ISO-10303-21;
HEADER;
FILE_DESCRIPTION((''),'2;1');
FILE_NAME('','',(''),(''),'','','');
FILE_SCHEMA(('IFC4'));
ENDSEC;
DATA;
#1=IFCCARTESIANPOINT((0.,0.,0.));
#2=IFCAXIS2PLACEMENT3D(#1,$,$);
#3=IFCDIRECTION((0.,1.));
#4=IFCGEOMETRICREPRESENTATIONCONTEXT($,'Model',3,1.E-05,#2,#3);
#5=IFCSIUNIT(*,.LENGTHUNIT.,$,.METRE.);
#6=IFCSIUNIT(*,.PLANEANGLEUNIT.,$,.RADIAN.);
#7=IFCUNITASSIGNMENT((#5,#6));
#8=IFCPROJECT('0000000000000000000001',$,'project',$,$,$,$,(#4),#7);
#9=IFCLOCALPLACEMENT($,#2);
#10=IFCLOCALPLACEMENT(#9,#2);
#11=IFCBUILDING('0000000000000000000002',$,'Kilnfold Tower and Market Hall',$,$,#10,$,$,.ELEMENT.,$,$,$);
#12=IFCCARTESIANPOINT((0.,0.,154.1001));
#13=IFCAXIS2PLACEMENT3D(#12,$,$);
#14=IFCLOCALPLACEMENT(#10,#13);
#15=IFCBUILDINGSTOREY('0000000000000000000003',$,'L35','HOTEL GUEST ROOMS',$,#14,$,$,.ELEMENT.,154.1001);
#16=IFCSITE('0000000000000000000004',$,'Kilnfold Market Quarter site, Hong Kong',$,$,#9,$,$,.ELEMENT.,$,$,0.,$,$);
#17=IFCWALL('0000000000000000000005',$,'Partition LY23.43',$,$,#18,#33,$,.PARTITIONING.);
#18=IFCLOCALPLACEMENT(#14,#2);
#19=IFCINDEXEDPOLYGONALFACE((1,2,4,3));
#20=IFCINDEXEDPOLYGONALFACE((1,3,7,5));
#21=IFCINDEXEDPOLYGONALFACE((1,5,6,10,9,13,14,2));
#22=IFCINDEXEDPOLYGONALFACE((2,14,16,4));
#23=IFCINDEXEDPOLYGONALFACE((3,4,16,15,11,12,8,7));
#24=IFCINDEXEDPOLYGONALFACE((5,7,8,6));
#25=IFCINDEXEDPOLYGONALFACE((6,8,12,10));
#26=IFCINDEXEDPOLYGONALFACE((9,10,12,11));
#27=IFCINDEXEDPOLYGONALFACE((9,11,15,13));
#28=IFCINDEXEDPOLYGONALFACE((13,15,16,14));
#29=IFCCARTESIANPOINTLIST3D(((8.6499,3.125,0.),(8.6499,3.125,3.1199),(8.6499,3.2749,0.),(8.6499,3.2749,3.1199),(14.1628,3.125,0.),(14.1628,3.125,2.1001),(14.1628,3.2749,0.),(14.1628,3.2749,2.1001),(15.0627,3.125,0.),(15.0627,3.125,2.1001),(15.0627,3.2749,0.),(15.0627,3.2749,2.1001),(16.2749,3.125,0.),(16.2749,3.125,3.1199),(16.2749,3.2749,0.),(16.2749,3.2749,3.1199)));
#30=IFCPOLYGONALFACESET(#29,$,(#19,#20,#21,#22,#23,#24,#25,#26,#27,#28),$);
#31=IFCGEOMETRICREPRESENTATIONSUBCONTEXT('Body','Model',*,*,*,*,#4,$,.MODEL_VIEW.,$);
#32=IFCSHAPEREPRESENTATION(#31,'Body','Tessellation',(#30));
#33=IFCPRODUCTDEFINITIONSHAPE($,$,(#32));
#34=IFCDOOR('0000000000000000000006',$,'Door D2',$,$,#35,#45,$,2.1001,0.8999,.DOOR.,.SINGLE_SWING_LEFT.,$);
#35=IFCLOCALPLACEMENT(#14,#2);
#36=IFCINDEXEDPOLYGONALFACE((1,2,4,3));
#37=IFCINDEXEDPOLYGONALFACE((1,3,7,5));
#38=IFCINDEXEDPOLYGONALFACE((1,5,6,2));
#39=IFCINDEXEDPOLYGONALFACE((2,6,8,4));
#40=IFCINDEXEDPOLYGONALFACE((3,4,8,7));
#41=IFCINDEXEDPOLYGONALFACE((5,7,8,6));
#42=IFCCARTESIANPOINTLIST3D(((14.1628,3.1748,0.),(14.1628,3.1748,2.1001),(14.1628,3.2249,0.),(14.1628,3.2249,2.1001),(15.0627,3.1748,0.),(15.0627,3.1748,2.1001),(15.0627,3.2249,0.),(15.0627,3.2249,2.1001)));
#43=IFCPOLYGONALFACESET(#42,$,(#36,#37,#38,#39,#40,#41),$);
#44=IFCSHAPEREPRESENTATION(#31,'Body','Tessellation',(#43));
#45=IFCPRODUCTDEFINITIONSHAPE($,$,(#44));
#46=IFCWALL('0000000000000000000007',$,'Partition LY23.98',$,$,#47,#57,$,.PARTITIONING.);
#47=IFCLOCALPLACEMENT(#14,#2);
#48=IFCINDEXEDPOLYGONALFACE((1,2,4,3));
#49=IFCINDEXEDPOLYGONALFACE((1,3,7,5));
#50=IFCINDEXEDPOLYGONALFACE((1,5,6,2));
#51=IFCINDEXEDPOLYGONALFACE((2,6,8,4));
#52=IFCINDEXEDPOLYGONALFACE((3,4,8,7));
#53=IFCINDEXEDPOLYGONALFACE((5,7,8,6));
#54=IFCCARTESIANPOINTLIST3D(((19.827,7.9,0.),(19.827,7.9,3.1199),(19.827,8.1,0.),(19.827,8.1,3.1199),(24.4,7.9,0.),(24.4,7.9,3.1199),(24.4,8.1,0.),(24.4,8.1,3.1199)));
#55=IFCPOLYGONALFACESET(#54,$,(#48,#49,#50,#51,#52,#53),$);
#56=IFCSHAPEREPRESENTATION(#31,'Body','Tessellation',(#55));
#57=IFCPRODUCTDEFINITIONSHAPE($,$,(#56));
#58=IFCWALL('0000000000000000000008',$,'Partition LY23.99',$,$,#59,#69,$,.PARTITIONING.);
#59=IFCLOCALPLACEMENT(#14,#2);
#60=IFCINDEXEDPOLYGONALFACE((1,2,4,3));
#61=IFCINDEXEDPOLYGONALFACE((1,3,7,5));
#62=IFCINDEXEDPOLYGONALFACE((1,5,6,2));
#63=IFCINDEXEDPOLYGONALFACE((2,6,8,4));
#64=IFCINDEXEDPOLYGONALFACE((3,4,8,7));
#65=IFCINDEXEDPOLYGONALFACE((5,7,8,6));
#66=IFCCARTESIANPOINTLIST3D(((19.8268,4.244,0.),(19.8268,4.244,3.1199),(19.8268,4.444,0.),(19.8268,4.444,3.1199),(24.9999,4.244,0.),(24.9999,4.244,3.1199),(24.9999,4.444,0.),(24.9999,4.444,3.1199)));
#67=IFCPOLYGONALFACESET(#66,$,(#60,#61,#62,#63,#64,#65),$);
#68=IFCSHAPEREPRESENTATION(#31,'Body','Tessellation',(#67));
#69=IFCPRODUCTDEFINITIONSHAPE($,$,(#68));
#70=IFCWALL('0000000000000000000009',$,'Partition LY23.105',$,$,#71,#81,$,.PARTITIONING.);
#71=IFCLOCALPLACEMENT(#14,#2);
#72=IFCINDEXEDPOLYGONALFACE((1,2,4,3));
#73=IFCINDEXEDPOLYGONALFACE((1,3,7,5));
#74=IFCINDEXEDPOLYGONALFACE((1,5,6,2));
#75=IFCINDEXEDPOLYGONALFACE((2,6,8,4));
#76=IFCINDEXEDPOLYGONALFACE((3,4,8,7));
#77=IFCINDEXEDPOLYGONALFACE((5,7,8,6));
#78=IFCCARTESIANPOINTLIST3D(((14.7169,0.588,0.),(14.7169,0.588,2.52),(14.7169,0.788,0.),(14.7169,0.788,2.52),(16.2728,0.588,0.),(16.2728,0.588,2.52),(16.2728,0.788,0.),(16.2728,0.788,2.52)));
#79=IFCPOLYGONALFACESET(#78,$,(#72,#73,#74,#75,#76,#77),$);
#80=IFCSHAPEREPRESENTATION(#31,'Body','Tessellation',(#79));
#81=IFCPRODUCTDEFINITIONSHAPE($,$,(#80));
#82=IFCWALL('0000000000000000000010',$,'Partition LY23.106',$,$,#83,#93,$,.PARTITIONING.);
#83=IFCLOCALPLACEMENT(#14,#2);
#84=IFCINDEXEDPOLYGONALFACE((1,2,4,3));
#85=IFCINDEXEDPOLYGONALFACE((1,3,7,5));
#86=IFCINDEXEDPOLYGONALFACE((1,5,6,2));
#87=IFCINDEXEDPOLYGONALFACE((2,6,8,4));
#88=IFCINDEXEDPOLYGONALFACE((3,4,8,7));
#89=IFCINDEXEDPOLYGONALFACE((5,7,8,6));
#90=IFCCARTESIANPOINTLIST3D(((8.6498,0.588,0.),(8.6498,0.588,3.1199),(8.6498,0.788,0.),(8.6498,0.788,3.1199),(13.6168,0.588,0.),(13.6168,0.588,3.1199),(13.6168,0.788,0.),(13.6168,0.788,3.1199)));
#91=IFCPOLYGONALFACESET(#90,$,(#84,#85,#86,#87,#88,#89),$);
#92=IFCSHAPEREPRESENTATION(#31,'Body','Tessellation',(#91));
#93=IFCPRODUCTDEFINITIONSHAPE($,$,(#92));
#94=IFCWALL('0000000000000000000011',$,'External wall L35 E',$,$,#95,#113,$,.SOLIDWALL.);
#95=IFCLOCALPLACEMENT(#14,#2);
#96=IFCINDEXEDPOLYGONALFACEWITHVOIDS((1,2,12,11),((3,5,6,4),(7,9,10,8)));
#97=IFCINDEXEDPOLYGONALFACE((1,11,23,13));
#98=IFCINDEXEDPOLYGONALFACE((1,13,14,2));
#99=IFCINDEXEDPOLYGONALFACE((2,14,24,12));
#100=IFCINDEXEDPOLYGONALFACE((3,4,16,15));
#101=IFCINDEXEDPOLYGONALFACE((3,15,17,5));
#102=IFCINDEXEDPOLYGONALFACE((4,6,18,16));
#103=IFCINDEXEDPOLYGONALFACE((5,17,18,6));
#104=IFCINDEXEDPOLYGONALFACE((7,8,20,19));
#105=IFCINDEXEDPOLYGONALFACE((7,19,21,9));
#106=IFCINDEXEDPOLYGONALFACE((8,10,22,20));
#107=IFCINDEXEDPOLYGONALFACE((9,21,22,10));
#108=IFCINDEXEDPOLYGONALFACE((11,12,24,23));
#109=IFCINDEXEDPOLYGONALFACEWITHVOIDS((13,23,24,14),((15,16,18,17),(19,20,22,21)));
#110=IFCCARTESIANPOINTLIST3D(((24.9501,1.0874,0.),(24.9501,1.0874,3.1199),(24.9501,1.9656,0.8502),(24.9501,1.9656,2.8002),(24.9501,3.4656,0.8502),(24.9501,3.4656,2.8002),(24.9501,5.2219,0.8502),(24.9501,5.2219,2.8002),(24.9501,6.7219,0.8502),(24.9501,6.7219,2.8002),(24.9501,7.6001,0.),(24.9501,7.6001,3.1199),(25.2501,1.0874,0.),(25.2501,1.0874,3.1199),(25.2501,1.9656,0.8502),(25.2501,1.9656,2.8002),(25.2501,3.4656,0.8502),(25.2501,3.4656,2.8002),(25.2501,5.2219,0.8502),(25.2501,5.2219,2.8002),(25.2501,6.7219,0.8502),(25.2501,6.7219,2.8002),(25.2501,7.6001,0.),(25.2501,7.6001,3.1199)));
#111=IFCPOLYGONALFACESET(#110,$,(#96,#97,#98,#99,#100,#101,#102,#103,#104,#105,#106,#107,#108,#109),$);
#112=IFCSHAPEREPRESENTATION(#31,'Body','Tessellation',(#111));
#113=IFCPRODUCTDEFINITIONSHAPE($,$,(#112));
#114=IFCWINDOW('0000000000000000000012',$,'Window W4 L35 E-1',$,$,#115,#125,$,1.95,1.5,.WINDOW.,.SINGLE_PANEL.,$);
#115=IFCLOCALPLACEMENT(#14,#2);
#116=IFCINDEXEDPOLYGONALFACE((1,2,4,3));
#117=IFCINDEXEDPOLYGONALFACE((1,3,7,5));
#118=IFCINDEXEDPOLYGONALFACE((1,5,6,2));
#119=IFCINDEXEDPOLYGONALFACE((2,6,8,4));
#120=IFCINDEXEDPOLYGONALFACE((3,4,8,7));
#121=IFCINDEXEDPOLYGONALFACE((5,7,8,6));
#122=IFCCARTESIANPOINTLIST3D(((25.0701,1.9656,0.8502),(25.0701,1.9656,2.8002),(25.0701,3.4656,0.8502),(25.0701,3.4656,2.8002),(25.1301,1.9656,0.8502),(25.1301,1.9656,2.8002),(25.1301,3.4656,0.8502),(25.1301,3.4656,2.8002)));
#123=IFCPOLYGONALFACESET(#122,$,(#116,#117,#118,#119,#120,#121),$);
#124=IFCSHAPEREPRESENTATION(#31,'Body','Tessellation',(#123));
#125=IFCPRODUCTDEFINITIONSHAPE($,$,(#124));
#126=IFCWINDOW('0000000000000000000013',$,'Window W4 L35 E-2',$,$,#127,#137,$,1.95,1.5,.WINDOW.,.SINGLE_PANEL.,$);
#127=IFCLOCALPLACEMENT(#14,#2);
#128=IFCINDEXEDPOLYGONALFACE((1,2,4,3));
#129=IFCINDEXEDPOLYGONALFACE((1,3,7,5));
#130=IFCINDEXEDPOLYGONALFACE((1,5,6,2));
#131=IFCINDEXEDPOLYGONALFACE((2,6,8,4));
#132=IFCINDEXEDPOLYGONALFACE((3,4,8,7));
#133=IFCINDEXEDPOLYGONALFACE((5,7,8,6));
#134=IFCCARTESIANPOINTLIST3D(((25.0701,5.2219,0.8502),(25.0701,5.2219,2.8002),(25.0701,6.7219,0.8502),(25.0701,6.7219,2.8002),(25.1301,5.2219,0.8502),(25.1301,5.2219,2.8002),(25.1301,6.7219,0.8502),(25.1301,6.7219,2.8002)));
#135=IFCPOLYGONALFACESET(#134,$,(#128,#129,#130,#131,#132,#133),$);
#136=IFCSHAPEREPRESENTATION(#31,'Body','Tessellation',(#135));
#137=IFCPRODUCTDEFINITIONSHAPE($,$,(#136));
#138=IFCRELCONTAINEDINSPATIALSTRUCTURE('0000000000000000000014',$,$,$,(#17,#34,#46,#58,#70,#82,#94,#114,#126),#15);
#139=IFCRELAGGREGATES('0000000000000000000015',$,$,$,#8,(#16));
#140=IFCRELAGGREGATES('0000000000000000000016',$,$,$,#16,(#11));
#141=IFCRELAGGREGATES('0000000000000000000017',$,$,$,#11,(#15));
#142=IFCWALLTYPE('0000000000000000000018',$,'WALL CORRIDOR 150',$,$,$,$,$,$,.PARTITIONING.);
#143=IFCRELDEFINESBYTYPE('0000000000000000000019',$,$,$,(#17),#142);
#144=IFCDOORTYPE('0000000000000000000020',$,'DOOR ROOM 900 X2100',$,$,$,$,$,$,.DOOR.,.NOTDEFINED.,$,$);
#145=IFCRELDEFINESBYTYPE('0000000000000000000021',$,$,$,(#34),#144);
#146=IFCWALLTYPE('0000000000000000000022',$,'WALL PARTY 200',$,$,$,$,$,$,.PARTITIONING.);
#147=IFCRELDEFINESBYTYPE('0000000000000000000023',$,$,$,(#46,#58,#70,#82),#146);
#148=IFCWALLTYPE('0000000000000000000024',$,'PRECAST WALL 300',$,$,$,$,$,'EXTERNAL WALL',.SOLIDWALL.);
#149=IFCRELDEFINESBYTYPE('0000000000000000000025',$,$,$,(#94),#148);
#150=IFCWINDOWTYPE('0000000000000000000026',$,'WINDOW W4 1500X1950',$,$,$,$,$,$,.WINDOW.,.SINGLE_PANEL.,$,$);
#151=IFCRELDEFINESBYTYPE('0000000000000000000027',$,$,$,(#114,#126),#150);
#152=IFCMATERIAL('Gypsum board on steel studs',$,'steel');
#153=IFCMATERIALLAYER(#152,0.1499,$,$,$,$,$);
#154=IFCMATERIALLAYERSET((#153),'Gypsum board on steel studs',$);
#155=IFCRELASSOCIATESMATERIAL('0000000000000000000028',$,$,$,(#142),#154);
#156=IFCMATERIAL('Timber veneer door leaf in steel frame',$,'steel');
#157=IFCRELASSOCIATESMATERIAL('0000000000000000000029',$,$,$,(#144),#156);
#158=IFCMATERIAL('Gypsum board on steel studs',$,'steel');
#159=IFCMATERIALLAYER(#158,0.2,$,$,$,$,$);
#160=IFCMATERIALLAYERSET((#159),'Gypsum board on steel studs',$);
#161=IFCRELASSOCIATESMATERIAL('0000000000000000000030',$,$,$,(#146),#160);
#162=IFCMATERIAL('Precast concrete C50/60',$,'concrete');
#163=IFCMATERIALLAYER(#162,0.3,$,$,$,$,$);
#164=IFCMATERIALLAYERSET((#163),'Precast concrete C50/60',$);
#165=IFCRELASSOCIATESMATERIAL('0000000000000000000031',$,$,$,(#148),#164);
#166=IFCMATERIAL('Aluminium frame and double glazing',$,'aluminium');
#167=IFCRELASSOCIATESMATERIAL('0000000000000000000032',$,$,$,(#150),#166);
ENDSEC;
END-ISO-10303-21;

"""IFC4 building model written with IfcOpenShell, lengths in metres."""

from ifc_helpers import new_model, si_unit, direction, frame, frame_2d, origin, place, context, subcontext, project, spatial, rectangle, extrude, source, transform, mapped, material, layer, layer_set, type_object, element, fill, save


model = new_model("IFC4")

# Units and contexts
model_context = context("Model", 3, precision=1e-05, world=origin(), true_north=direction((0.0, 1.0)))
body_context = subcontext(model_context, "Body", "Model", "MODEL_VIEW")
ifc_project = project(units=[si_unit("LENGTHUNIT", "METRE"), si_unit("PLANEANGLEUNIT", "RADIAN")], contexts=[model_context])

# Site, building, storey
site_placement = place(None, origin())
site = spatial("IfcSite", under=ifc_project, at=site_placement, Name="Kilnfold Market Quarter site, Hong Kong", CompositionType="ELEMENT", RefElevation=0.0)
building_placement = place(site_placement, origin())
building = spatial("IfcBuilding", under=site, at=building_placement, Name="Kilnfold Tower and Market Hall", CompositionType="ELEMENT")
storey_placement = place(building_placement, frame((0.0, 0.0, 154.1001)))
storey = spatial("IfcBuildingStorey", under=building, at=storey_placement, Name="L35", Description="HOTEL GUEST ROOMS", CompositionType="ELEMENT", Elevation=154.1001)

# Shared definitions
ifc_material_1 = material(Name="Gypsum board on steel studs", Category="steel")
ifc_layer_1 = layer(ifc_material_1, 0.1499)
ifc_layer_set_1 = layer_set([ifc_layer_1], Name="Gypsum board on steel studs")
wall_type_1 = type_object("IfcWallType", Name="WALL CORRIDOR 150", PredefinedType="PARTITIONING", material=ifc_layer_set_1)
ifc_material_2 = material(Name="Timber veneer door leaf in steel frame", Category="steel")
door_type_1 = type_object("IfcDoorType", Name="DOOR ROOM 900 X2100", OperationType="NOTDEFINED", PredefinedType="DOOR", material=ifc_material_2)

# Wall, opening, door
wall_1_placement = place(storey_placement, frame((8.6499, 3.2, 0.0), z_axis=(0.0, 0.0, 1.0), x_axis=(1.0, 0.0, 0.0)))
wall_1 = element("IfcWall", 1, at=wall_1_placement, inside=storey, type_object=wall_type_1, Name="Partition LY23.43", PredefinedType="PARTITIONING", context=body_context, shape_type="SweptSolid", body=[
    extrude(rectangle(XDim=7.625, YDim=0.1499, at=frame_2d((3.8125, 0.0))), origin(), (0.0, 0.0, 1.0), 3.1199),
])
opening_1_placement = place(wall_1_placement, frame((5.5129, 0.0, 0.0)))
opening_1 = element("IfcOpeningElement", 2, at=opening_1_placement, cuts=wall_1, PredefinedType="OPENING", context=body_context, shape_type="SweptSolid", body=[
    extrude(rectangle(XDim=0.8999, YDim=2.1001, at=frame_2d((0.45, 1.05))), frame((0.0, 0.085, 0.0), z_axis=(0.0, -1.0, 0.0), x_axis=(1.0, 0.0, 0.0)), (0.0, 0.0, 1.0), 0.1699),
])
door_1_placement = place(opening_1_placement, origin())
door_1 = element("IfcDoor", 3, at=door_1_placement, inside=storey, type_object=door_type_1, Name="Door D2", OperationType="SINGLE_SWING_LEFT", OverallHeight=2.1001, OverallWidth=0.8999, PredefinedType="DOOR", context=body_context, shape_type="SweptSolid", body=[
    extrude(rectangle(XDim=0.8999, YDim=2.1001, at=frame_2d((0.45, 1.05))), frame((0.0, 0.0249, 0.0), z_axis=(0.0, -1.0, 0.0), x_axis=(1.0, 0.0, 0.0)), (0.0, 0.0, 1.0), 0.05),
])
fill(opening_1, door_1)

# Walls
ifc_material_3 = material(Name="Gypsum board on steel studs", Category="steel")
ifc_layer_2 = layer(ifc_material_3, 0.2)
ifc_layer_set_2 = layer_set([ifc_layer_2], Name="Gypsum board on steel studs")
wall_type_2 = type_object("IfcWallType", Name="WALL PARTY 200", PredefinedType="PARTITIONING", material=ifc_layer_set_2)
wall_2_placement = place(storey_placement, frame((19.8269, 8.0, 0.0), z_axis=(0.0, 0.0, 1.0), x_axis=(1.0, 0.0, 0.0)))
element("IfcWall", 4, at=wall_2_placement, inside=storey, type_object=wall_type_2, Name="Partition LY23.98", PredefinedType="PARTITIONING", context=body_context, shape_type="SweptSolid", body=[
    extrude(rectangle(XDim=4.573, YDim=0.2, at=frame_2d((2.2866, 0.0))), origin(), (0.0, 0.0, 1.0), 3.1199),
])
wall_3_placement = place(storey_placement, frame((19.8269, 4.344, 0.0), z_axis=(0.0, 0.0, 1.0), x_axis=(1.0, 0.0, 0.0)))
element("IfcWall", 5, at=wall_3_placement, inside=storey, type_object=wall_type_2, Name="Partition LY23.99", PredefinedType="PARTITIONING", context=body_context, shape_type="SweptSolid", body=[
    extrude(rectangle(XDim=5.1731, YDim=0.2, at=frame_2d((2.5864, 0.0))), origin(), (0.0, 0.0, 1.0), 3.1199),
])
wall_4_placement = place(storey_placement, frame((14.717, 0.688, 0.0), z_axis=(0.0, 0.0, 1.0), x_axis=(1.0, 0.0, 0.0)))
element("IfcWall", 6, at=wall_4_placement, inside=storey, type_object=wall_type_2, Name="Partition LY23.105", PredefinedType="PARTITIONING", context=body_context, shape_type="SweptSolid", body=[
    extrude(rectangle(XDim=1.5559, YDim=0.2, at=frame_2d((0.7778, 0.0))), origin(), (0.0, 0.0, 1.0), 2.52),
])
wall_5_placement = place(storey_placement, frame((8.6499, 0.688, 0.0), z_axis=(0.0, 0.0, 1.0), x_axis=(1.0, 0.0, 0.0)))
element("IfcWall", 7, at=wall_5_placement, inside=storey, type_object=wall_type_2, Name="Partition LY23.106", PredefinedType="PARTITIONING", context=body_context, shape_type="SweptSolid", body=[
    extrude(rectangle(XDim=4.967, YDim=0.2, at=frame_2d((2.4834, 0.0))), origin(), (0.0, 0.0, 1.0), 3.1199),
])

# Wall, openings, windows
ifc_material_4 = material(Name="Precast concrete C50/60", Category="concrete")
ifc_layer_3 = layer(ifc_material_4, 0.3)
ifc_layer_set_3 = layer_set([ifc_layer_3], Name="Precast concrete C50/60")
wall_type_3 = type_object("IfcWallType", Name="PRECAST WALL 300", ElementType="EXTERNAL WALL", PredefinedType="SOLIDWALL", material=ifc_layer_set_3)
shared_shape_1 = source(origin(), body_context, "Body", "SweptSolid", [
    extrude(rectangle(XDim=6.5127, YDim=0.3, at=frame_2d((3.2563, 0.0))), origin(), (0.0, 0.0, 1.0), 3.1199),
])
wall_6_placement = place(storey_placement, frame((25.1001, 1.0874, 0.0), z_axis=(0.0, 0.0, 1.0), x_axis=(0.0, 1.0, 0.0)))
wall_6 = element("IfcWall", 8, at=wall_6_placement, inside=storey, type_object=wall_type_3, Name="External wall L35 E", PredefinedType="SOLIDWALL", context=body_context, shape_type="MappedRepresentation", body=[
    mapped(shared_shape_1, transform((0.0, 0.0, 0.0))),
])
opening_2_placement = place(wall_6_placement, frame((0.8782, 0.0, 0.8501)))
opening_2 = element("IfcOpeningElement", 9, at=opening_2_placement, cuts=wall_6, PredefinedType="OPENING", context=body_context, shape_type="SweptSolid", body=[
    extrude(rectangle(XDim=1.5, YDim=1.95, at=frame_2d((0.75, 0.9751))), frame((0.0, 0.1602, 0.0), z_axis=(0.0, -1.0, 0.0), x_axis=(1.0, 0.0, 0.0)), (0.0, 0.0, 1.0), 0.3201),
])
opening_3_placement = place(wall_6_placement, frame((4.1345, 0.0, 0.8501)))
opening_3 = element("IfcOpeningElement", 10, at=opening_3_placement, cuts=wall_6, PredefinedType="OPENING", context=body_context, shape_type="SweptSolid", body=[
    extrude(rectangle(XDim=1.5, YDim=1.95, at=frame_2d((0.75, 0.9751))), frame((0.0, 0.1602, 0.0), z_axis=(0.0, -1.0, 0.0), x_axis=(1.0, 0.0, 0.0)), (0.0, 0.0, 1.0), 0.3201),
])
ifc_material_5 = material(Name="Aluminium frame and double glazing", Category="aluminium")
window_type = type_object("IfcWindowType", Name="WINDOW W4 1500X1950", PartitioningType="SINGLE_PANEL", PredefinedType="WINDOW", material=ifc_material_5)
window_1_placement = place(opening_2_placement, origin())
window_1 = element("IfcWindow", 11, at=window_1_placement, inside=storey, type_object=window_type, Name="Window W4 L35 E-1", OverallHeight=1.95, OverallWidth=1.5, PartitioningType="SINGLE_PANEL", PredefinedType="WINDOW", context=body_context, shape_type="SweptSolid", body=[
    extrude(rectangle(XDim=1.5, YDim=1.95, at=frame_2d((0.75, 0.9751))), frame((0.0, 0.03, 0.0), z_axis=(0.0, -1.0, 0.0), x_axis=(1.0, 0.0, 0.0)), (0.0, 0.0, 1.0), 0.0601),
])
fill(opening_2, window_1)
window_2_placement = place(opening_3_placement, origin())
window_2 = element("IfcWindow", 12, at=window_2_placement, inside=storey, type_object=window_type, Name="Window W4 L35 E-2", OverallHeight=1.95, OverallWidth=1.5, PartitioningType="SINGLE_PANEL", PredefinedType="WINDOW", context=body_context, shape_type="SweptSolid", body=[
    extrude(rectangle(XDim=1.5, YDim=1.95, at=frame_2d((0.75, 0.9751))), frame((0.0, 0.03, 0.0), z_axis=(0.0, -1.0, 0.0), x_axis=(1.0, 0.0, 0.0)), (0.0, 0.0, 1.0), 0.0601),
])
fill(opening_3, window_2)

save(model, "model.ifc")
